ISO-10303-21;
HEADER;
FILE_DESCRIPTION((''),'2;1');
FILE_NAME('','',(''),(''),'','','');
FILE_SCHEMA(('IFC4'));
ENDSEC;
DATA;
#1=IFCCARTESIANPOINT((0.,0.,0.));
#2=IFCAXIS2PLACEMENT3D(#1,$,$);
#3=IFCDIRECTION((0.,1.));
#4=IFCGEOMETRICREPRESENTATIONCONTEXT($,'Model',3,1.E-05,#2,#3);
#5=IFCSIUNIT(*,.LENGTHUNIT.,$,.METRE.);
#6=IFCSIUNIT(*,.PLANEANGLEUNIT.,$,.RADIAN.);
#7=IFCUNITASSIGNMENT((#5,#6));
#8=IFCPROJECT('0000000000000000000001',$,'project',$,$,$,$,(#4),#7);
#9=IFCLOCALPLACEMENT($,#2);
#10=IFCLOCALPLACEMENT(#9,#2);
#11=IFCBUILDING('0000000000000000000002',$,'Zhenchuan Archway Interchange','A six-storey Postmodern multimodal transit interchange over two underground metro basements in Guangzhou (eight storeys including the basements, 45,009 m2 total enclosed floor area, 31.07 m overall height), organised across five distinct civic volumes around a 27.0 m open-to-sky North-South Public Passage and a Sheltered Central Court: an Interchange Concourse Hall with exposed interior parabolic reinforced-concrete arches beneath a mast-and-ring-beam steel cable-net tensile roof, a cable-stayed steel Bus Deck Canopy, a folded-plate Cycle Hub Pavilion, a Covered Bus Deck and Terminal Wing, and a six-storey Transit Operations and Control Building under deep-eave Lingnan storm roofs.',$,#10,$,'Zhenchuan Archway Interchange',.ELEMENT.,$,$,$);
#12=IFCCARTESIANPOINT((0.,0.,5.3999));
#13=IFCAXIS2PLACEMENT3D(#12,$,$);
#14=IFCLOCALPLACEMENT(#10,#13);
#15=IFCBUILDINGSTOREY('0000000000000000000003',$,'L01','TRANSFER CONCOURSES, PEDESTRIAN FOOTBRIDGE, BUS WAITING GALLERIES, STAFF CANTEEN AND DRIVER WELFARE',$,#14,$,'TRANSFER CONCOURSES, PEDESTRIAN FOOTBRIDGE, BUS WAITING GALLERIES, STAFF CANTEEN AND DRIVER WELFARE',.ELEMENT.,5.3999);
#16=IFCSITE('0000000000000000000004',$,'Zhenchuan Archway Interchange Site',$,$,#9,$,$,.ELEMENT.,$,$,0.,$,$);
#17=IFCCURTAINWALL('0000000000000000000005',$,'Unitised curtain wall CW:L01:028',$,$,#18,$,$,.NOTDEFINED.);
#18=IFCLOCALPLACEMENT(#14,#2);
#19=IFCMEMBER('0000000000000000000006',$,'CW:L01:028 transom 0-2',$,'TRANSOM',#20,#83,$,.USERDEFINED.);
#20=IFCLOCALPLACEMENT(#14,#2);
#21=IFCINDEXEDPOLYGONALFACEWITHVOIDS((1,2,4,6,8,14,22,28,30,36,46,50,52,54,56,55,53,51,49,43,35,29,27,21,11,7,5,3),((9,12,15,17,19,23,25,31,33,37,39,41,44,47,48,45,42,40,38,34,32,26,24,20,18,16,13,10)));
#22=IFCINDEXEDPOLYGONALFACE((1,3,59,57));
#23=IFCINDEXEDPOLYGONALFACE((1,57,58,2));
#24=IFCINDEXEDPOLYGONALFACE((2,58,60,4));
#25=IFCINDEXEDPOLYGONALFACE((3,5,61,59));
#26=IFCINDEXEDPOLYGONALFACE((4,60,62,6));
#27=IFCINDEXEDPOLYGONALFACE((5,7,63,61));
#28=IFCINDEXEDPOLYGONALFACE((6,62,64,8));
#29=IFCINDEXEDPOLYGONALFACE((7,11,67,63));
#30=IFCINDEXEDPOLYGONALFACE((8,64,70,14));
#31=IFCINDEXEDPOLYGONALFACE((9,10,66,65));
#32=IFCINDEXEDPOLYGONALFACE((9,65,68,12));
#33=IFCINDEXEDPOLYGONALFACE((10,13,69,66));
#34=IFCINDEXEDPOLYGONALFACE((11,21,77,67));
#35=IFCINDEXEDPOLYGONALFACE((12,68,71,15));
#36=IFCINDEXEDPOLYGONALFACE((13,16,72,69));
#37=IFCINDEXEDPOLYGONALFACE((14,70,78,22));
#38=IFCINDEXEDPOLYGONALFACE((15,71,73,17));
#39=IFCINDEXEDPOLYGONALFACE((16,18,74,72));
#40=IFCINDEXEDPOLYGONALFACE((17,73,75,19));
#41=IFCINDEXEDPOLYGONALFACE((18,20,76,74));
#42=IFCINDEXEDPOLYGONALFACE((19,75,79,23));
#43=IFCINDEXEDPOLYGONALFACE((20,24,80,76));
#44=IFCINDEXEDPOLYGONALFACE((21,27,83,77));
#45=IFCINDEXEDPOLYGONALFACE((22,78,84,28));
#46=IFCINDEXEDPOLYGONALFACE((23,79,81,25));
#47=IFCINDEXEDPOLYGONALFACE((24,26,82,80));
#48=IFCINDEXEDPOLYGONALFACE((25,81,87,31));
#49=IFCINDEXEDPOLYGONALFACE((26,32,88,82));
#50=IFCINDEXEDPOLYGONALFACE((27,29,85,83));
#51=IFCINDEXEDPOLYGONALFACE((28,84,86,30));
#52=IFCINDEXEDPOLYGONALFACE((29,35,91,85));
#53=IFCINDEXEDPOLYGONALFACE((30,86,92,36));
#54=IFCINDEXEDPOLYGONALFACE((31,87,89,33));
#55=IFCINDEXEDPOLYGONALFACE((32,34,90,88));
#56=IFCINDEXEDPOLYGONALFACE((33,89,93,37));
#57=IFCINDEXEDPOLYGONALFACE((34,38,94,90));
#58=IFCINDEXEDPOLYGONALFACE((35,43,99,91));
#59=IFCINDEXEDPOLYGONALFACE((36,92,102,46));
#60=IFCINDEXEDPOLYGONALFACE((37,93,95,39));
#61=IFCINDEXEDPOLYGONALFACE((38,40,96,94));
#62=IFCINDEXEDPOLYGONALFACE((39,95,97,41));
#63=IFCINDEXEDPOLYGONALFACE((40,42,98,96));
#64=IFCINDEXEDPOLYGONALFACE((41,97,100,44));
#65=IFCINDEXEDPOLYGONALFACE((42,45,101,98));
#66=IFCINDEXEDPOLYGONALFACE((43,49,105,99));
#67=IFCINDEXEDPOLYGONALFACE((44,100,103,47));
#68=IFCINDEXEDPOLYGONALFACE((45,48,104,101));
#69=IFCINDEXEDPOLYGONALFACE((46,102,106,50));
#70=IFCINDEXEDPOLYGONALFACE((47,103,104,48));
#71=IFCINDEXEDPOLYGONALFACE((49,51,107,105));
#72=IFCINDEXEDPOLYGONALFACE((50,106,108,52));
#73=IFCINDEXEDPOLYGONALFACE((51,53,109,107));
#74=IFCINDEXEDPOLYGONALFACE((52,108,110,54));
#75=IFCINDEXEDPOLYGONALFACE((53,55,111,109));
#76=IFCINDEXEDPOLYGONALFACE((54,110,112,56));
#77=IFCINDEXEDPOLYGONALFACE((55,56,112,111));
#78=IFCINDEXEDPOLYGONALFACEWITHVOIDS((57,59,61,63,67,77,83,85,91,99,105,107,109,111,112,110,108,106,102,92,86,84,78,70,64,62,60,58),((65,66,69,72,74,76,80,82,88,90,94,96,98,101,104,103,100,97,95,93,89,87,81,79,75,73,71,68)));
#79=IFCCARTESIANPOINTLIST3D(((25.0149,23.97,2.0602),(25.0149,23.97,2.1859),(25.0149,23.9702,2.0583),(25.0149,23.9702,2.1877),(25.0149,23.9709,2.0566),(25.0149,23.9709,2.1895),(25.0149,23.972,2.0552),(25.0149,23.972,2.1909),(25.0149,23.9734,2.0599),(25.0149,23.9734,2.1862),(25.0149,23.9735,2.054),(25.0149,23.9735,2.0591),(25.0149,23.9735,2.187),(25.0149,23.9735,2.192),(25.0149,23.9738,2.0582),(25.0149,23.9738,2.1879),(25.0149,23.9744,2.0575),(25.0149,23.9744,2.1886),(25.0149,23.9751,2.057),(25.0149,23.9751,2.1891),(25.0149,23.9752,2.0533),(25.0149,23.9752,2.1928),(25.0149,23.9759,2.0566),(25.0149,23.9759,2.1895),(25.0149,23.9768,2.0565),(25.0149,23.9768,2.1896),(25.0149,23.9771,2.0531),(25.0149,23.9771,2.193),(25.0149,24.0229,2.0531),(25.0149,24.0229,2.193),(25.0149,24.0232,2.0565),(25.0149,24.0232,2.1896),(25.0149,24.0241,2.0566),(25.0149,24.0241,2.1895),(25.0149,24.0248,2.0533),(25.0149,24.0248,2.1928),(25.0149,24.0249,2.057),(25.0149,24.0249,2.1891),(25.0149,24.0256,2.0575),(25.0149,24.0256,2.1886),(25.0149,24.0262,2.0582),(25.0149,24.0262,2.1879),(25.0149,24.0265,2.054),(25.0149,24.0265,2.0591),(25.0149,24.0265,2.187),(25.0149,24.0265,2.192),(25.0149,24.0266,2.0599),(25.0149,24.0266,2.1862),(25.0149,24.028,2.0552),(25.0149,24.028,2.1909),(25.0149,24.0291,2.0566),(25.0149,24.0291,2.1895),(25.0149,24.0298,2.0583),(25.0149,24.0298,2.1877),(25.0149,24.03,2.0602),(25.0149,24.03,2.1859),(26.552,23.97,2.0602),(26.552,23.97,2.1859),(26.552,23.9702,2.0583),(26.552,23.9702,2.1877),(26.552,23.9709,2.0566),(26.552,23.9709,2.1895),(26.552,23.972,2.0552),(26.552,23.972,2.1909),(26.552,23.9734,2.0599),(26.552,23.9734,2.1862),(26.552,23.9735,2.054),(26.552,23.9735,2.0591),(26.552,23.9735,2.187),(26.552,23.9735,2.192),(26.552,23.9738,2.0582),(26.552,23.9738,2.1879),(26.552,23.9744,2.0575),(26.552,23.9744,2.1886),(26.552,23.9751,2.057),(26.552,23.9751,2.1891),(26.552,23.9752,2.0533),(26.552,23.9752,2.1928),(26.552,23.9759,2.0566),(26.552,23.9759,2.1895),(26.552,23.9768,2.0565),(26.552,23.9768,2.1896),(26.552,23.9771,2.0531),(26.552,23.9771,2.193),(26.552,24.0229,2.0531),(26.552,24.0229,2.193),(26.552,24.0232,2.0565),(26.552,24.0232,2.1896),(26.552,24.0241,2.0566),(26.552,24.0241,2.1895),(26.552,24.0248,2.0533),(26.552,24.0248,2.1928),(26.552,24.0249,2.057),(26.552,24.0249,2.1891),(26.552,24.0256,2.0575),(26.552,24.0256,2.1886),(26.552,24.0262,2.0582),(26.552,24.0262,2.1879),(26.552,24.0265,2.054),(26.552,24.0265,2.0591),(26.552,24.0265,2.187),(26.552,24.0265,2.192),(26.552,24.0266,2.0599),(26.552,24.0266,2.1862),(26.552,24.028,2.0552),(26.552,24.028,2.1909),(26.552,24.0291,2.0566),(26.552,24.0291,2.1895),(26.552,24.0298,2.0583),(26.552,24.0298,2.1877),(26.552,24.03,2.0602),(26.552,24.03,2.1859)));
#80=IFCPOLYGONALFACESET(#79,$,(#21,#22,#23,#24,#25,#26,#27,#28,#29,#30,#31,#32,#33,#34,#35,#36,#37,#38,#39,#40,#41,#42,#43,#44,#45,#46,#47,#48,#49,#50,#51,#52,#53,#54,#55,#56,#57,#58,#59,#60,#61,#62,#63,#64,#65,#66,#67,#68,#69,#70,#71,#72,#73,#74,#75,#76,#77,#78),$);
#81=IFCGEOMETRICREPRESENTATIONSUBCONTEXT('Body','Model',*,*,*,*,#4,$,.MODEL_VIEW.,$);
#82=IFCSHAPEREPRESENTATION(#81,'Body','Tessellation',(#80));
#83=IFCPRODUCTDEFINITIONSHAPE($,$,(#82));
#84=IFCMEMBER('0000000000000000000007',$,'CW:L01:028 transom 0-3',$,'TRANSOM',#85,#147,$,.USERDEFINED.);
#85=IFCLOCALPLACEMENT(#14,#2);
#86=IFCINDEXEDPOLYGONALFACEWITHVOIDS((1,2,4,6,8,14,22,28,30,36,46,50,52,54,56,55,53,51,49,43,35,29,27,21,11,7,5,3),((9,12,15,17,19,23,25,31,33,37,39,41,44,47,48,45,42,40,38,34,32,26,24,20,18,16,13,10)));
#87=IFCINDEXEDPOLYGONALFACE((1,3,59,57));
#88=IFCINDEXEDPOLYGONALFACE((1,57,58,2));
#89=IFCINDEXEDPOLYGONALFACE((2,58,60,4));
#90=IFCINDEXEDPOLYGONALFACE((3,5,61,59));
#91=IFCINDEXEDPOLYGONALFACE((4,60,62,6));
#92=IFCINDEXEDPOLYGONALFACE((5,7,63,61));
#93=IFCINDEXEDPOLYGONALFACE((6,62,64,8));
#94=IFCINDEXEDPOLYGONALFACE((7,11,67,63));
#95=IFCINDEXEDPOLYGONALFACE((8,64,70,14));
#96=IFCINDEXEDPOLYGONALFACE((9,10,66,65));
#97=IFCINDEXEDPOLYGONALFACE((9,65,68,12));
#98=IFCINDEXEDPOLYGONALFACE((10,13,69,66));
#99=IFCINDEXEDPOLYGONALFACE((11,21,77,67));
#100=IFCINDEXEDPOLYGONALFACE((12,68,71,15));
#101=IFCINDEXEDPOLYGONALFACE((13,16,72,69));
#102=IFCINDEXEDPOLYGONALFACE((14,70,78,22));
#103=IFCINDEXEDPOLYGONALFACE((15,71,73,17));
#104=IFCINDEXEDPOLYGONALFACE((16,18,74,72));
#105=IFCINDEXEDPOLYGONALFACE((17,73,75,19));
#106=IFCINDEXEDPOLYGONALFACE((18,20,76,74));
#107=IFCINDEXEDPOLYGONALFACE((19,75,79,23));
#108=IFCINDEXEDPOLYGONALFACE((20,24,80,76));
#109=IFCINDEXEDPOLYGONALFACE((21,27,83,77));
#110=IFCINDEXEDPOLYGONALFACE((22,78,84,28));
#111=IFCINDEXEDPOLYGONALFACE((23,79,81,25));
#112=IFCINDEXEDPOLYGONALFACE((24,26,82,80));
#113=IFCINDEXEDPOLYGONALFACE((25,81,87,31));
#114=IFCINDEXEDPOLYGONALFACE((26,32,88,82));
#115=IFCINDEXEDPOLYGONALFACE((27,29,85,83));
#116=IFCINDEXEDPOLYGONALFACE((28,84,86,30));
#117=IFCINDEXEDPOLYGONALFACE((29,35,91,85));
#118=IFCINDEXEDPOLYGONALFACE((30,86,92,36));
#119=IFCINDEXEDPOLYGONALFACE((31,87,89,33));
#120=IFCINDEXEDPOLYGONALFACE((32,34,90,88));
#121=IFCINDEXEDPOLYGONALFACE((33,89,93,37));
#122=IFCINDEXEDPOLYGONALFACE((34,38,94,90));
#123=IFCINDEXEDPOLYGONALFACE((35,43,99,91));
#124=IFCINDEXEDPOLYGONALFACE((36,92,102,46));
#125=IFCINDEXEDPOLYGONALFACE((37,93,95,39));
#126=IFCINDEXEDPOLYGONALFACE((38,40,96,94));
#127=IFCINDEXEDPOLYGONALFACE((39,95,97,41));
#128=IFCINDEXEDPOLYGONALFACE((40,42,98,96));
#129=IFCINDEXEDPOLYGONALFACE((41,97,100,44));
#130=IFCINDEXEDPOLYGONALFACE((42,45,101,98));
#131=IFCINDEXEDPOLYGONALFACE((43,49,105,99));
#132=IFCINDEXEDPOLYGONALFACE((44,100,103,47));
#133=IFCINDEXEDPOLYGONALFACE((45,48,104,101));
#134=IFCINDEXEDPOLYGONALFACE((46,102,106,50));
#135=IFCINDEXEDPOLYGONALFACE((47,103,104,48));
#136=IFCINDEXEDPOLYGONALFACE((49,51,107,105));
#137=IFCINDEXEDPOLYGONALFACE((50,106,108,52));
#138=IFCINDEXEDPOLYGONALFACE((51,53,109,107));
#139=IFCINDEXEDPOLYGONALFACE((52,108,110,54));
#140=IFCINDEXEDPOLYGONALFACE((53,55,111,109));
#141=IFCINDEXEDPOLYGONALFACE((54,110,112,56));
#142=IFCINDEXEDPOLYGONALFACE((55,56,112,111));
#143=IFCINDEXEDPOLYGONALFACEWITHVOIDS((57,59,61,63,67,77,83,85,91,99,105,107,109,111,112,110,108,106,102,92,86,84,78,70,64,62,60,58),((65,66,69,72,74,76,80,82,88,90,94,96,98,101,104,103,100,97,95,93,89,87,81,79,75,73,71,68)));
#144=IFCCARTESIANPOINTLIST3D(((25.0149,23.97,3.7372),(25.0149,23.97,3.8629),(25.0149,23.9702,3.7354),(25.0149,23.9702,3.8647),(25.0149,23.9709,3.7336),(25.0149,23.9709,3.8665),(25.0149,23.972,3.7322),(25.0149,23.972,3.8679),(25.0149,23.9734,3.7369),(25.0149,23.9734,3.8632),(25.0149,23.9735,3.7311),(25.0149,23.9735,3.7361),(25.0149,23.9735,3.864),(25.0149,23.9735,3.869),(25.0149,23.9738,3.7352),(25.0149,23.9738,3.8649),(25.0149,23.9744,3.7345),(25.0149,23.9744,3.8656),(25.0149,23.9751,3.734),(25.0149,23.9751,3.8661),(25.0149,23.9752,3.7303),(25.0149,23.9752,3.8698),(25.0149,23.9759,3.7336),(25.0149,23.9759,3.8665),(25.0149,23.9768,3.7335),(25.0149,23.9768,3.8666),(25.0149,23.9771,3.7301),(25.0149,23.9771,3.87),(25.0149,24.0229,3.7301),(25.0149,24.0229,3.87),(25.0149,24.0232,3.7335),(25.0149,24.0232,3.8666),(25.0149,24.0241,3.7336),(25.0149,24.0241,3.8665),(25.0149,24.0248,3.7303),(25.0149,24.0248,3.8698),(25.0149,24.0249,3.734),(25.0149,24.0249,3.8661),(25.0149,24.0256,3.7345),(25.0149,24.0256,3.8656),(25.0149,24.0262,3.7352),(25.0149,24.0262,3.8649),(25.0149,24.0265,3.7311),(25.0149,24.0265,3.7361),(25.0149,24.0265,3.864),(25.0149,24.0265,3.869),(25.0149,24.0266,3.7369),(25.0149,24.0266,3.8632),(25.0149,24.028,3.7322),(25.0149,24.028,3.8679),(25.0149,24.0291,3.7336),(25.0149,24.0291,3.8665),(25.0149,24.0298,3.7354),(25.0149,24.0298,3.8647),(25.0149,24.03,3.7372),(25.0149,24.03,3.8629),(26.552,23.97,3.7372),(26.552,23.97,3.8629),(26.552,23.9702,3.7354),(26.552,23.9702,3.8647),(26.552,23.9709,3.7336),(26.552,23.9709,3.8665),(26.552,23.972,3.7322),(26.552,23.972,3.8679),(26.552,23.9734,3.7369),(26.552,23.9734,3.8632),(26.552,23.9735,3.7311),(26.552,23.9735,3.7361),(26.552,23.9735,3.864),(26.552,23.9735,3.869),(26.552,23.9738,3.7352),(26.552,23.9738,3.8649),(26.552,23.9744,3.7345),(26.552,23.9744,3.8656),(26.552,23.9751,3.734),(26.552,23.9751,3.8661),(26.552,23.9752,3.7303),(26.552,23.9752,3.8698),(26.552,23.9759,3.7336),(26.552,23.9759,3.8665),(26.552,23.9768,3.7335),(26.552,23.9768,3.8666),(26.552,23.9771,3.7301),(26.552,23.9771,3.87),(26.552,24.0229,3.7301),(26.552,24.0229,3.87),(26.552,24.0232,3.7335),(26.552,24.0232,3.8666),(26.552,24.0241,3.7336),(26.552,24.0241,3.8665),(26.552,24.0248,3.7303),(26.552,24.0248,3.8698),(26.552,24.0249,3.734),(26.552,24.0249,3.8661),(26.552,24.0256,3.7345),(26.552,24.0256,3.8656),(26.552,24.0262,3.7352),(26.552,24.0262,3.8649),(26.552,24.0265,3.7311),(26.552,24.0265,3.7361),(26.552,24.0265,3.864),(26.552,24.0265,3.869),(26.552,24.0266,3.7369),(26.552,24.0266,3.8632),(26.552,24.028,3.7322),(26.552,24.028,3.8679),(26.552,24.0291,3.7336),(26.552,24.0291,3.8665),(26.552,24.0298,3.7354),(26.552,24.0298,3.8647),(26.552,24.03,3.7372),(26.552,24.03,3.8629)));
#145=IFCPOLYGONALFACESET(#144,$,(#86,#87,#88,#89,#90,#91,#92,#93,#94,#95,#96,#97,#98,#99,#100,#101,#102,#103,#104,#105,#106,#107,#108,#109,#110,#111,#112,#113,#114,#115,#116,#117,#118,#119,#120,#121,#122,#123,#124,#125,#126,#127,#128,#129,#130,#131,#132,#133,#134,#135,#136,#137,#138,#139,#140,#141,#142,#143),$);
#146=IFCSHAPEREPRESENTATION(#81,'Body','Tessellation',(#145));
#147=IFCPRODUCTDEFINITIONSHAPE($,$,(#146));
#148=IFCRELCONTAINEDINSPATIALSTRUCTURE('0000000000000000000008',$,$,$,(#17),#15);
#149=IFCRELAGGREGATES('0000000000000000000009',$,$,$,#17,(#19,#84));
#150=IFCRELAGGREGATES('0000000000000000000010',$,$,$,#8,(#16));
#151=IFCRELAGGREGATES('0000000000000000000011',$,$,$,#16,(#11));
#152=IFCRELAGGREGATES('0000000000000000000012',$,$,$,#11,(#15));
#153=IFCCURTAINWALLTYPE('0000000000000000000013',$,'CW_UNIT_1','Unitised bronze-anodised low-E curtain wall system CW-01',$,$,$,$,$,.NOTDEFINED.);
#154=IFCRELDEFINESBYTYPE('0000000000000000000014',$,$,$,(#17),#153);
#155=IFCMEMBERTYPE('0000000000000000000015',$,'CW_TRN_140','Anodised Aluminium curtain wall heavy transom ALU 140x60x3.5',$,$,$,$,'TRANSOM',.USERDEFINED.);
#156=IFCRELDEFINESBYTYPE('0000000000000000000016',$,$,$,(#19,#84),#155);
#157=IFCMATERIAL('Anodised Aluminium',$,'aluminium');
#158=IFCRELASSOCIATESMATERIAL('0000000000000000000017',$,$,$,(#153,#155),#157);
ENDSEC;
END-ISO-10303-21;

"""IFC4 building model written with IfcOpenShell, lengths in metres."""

from ifc_helpers import new_model, si_unit, direction, frame, origin, origin_2d, place, context, subcontext, project, spatial, hollow_rectangle, extrude, material, material_profile, profile_set, type_object, element, aggregate, save


model = new_model("IFC4")

# Units and contexts
model_context = context("Model", 3, precision=1e-05, world=origin(), true_north=direction((0.0, 1.0)))
body_context = subcontext(model_context, "Body", "Model", "MODEL_VIEW")
ifc_project = project(units=[si_unit("LENGTHUNIT", "METRE"), si_unit("PLANEANGLEUNIT", "RADIAN")], contexts=[model_context])

# Site, building, storey
site_placement = place(None, origin())
site = spatial("IfcSite", under=ifc_project, at=site_placement, Name="Zhenchuan Archway Interchange Site", CompositionType="ELEMENT", RefElevation=0.0)
building_placement = place(site_placement, origin())
building = spatial("IfcBuilding", under=site, at=building_placement, Name="Zhenchuan Archway Interchange", Description="A six-storey Postmodern multimodal transit interchange over two underground metro basements in Guangzhou (eight storeys including the basements, 45,009 m2 total enclosed floor area, 31.07 m overall height), organised across five distinct civic volumes around a 27.0 m open-to-sky North-South Public Passage and a Sheltered Central Court: an Interchange Concourse Hall with exposed interior parabolic reinforced-concrete arches beneath a mast-and-ring-beam steel cable-net tensile roof, a cable-stayed steel Bus Deck Canopy, a folded-plate Cycle Hub Pavilion, a Covered Bus Deck and Terminal Wing, and a six-storey Transit Operations and Control Building under deep-eave Lingnan storm roofs.", LongName="Zhenchuan Archway Interchange", CompositionType="ELEMENT")
storey_placement = place(building_placement, frame((0.0, 0.0, 5.3999)))
storey = spatial("IfcBuildingStorey", under=building, at=storey_placement, Name="L01", Description="TRANSFER CONCOURSES, PEDESTRIAN FOOTBRIDGE, BUS WAITING GALLERIES, STAFF CANTEEN AND DRIVER WELFARE", LongName="TRANSFER CONCOURSES, PEDESTRIAN FOOTBRIDGE, BUS WAITING GALLERIES, STAFF CANTEEN AND DRIVER WELFARE", CompositionType="ELEMENT", Elevation=5.3999)

# Shared definitions
ifc_material_1 = material(Name="Anodised Aluminium", Category="aluminium")

# Curtain wall
curtain_wall_type_1 = type_object("IfcCurtainWallType", Name="CW_UNIT_1", Description="Unitised bronze-anodised low-E curtain wall system CW-01", PredefinedType="NOTDEFINED", material=ifc_material_1)
curtain_wall_1_placement = place(storey_placement, origin())
curtain_wall_1 = element("IfcCurtainWall", 1, at=curtain_wall_1_placement, inside=storey, type_object=curtain_wall_type_1, Name="Unitised curtain wall CW:L01:028", PredefinedType="NOTDEFINED")

# Members
ifc_material_profile_1 = material_profile(ifc_material_1, hollow_rectangle(XDim=0.0601, YDim=0.1399, WallThickness=0.0034, InnerFilletRadius=0.0034, OuterFilletRadius=0.0071, at=origin_2d()), Name="ALU 140x60x3.5")
ifc_profile_set_1 = profile_set([ifc_material_profile_1], Name="Anodised Aluminium")
member_type_1 = type_object("IfcMemberType", Name="CW_TRN_140", Description="Anodised Aluminium curtain wall heavy transom ALU 140x60x3.5", ElementType="TRANSOM", PredefinedType="USERDEFINED", material=ifc_profile_set_1)
member_1_placement = place(storey_placement, frame((26.552, 24.0, 2.123), z_axis=(-1.0, 0.0, 0.0), x_axis=(0.0, -1.0, 0.0)))
member_1 = element("IfcMember", 2, at=member_1_placement, type_object=member_type_1, Name="CW:L01:028 transom 0-2", ObjectType="TRANSOM", PredefinedType="USERDEFINED", context=body_context, shape_type="SweptSolid", body=[
    extrude(hollow_rectangle(XDim=0.0601, YDim=0.1399, WallThickness=0.0034, InnerFilletRadius=0.0034, OuterFilletRadius=0.0071, at=origin_2d()), origin(), (0.0, 0.0, 1.0), 1.5371),
])
member_2_placement = place(storey_placement, frame((26.552, 24.0, 3.8), z_axis=(-1.0, 0.0, 0.0), x_axis=(0.0, -1.0, 0.0)))
member_2 = element("IfcMember", 3, at=member_2_placement, type_object=member_type_1, Name="CW:L01:028 transom 0-3", ObjectType="TRANSOM", PredefinedType="USERDEFINED", context=body_context, shape_type="SweptSolid", body=[
    extrude(hollow_rectangle(XDim=0.0601, YDim=0.1399, WallThickness=0.0034, InnerFilletRadius=0.0034, OuterFilletRadius=0.0071, at=origin_2d()), origin(), (0.0, 0.0, 1.0), 1.5371),
])

aggregate(curtain_wall_1, [member_1, member_2])

save(model, "model.ifc")
